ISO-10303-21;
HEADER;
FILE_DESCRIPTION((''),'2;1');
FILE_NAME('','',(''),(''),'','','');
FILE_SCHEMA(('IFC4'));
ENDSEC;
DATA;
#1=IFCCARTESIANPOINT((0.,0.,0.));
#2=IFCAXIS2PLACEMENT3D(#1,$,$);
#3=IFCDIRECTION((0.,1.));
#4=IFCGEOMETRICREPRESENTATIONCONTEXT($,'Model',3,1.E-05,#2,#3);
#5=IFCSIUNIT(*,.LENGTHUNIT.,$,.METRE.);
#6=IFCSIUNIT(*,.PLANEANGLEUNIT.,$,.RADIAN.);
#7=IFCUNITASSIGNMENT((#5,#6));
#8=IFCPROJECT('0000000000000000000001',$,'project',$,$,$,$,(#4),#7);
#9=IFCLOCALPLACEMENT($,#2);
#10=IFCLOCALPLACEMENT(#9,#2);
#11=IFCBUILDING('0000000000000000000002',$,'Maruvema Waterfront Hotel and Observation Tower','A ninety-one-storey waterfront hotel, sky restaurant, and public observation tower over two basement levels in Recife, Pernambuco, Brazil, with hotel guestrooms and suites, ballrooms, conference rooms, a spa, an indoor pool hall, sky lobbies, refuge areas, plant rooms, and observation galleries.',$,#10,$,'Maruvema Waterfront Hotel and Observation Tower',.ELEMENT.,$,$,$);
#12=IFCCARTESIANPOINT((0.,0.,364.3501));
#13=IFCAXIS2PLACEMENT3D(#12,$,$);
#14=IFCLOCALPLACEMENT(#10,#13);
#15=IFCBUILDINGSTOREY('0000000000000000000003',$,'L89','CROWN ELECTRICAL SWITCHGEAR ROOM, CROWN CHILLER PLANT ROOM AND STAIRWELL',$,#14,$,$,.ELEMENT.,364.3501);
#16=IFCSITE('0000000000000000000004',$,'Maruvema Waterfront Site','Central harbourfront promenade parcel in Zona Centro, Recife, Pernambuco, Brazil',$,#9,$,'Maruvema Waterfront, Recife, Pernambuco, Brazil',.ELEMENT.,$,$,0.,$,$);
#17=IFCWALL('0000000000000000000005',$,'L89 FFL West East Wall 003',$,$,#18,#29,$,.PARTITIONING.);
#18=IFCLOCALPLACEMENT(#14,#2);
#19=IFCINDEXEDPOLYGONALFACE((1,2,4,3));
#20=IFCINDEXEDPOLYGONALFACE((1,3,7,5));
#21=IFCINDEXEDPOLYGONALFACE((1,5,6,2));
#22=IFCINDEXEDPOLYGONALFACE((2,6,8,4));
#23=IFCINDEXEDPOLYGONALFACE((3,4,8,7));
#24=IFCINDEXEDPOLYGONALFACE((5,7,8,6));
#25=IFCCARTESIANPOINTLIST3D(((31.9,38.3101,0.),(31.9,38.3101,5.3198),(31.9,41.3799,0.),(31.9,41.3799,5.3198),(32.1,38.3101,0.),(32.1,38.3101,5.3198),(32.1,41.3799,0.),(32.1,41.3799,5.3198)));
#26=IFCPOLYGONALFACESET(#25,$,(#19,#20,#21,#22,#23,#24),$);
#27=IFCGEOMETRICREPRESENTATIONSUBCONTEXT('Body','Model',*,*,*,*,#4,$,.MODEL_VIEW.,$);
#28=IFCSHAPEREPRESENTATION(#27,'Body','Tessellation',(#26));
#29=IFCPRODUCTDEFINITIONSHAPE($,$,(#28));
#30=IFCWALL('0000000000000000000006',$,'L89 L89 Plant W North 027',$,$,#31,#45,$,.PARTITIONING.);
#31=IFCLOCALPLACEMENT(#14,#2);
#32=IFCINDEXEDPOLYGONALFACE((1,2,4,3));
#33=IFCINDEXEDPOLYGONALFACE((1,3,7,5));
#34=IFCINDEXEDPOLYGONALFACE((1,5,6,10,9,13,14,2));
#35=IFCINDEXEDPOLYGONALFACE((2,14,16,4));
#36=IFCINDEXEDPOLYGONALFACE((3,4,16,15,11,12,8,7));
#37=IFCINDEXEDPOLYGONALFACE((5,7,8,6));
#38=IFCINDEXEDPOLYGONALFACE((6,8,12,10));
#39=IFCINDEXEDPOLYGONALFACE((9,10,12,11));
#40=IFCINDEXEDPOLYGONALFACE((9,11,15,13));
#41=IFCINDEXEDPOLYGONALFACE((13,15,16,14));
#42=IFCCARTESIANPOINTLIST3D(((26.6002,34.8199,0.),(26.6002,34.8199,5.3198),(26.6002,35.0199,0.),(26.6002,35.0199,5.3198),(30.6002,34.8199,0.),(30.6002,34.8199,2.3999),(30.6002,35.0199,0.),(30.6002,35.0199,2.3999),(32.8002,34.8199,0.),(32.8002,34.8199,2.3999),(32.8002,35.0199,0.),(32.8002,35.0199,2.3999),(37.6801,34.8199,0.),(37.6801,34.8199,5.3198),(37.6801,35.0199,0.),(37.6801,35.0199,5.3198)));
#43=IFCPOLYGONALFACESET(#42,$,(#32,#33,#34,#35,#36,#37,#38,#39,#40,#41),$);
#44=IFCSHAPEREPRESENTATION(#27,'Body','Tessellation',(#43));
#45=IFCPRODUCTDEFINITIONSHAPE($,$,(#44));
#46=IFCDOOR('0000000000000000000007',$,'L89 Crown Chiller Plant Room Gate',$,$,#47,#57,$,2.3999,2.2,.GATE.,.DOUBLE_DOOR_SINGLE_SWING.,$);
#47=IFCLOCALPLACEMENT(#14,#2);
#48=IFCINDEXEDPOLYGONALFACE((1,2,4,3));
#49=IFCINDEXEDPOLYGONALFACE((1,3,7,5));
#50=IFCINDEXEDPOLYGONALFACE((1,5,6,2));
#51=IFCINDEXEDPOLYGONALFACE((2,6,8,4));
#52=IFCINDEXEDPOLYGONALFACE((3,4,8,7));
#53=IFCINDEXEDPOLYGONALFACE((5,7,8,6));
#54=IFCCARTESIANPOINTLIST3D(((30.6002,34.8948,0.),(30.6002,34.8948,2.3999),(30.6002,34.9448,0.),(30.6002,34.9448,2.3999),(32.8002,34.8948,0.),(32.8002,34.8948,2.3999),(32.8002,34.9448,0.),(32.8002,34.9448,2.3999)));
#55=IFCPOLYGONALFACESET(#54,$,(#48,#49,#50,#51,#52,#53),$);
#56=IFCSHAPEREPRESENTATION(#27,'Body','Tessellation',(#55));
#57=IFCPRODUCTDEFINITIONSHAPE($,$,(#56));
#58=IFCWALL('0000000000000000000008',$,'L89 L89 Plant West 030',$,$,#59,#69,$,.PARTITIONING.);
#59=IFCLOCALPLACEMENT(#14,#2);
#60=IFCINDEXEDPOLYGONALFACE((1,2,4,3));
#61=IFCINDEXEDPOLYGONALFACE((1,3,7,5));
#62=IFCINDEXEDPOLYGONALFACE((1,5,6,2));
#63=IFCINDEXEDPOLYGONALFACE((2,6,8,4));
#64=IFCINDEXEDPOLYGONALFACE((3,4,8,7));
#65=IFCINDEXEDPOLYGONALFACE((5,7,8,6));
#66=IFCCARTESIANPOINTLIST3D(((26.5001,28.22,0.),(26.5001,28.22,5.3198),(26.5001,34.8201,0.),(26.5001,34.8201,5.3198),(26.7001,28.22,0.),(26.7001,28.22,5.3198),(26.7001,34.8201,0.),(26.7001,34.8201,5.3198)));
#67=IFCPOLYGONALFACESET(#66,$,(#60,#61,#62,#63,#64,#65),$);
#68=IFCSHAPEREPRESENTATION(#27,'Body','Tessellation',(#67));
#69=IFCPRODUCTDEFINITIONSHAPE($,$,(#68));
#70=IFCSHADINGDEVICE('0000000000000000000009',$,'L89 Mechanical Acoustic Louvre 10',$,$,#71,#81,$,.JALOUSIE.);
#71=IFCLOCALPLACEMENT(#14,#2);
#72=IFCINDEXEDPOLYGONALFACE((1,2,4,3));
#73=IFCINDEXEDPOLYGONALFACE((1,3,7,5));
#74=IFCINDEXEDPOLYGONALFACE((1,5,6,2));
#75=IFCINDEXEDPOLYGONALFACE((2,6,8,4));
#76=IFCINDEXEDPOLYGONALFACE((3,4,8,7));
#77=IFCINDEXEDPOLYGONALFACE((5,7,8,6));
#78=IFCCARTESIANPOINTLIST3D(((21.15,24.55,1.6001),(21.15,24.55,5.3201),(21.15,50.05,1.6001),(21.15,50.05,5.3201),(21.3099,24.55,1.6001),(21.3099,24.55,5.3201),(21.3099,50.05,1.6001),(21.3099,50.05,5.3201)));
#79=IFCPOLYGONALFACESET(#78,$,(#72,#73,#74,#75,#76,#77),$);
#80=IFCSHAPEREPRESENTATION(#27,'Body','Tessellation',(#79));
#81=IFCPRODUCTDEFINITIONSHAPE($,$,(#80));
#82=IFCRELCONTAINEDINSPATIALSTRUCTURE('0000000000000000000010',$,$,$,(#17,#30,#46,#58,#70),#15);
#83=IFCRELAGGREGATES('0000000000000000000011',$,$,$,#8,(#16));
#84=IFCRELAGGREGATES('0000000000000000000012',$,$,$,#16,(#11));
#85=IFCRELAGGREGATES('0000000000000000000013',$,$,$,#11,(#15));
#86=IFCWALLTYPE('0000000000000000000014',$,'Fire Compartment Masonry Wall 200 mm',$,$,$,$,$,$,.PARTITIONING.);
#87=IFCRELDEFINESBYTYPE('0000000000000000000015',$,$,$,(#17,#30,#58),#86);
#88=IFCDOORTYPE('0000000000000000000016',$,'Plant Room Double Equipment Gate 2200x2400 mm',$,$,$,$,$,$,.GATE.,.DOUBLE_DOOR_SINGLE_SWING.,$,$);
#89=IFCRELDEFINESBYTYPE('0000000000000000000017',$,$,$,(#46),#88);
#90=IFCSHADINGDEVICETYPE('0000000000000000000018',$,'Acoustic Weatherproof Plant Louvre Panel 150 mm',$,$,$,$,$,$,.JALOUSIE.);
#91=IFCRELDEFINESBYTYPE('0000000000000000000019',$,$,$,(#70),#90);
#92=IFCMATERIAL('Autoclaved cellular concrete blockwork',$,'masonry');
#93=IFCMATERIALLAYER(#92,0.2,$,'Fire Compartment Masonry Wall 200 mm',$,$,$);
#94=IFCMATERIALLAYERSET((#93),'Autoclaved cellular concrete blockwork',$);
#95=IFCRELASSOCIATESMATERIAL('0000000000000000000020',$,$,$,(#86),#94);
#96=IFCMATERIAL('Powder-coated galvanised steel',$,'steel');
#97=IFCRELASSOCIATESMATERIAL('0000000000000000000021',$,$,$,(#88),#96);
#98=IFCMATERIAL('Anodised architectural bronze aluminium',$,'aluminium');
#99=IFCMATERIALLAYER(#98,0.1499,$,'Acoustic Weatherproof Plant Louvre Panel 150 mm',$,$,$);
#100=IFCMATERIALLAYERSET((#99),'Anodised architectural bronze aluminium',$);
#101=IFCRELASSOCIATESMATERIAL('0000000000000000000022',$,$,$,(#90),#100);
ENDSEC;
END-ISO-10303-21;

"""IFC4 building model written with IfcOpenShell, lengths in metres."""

from ifc_helpers import new_model, si_unit, direction, frame, frame_2d, origin, origin_2d, place, context, subcontext, project, spatial, rectangle, extrude, material, layer, layer_set, type_object, element, fill, save


model = new_model("IFC4")

# Units and contexts
model_context = context("Model", 3, precision=1e-05, world=origin(), true_north=direction((0.0, 1.0)))
body_context = subcontext(model_context, "Body", "Model", "MODEL_VIEW")
ifc_project = project(units=[si_unit("LENGTHUNIT", "METRE"), si_unit("PLANEANGLEUNIT", "RADIAN")], contexts=[model_context])

# Site, building, storey
site_placement = place(None, origin())
site = spatial("IfcSite", under=ifc_project, at=site_placement, Name="Maruvema Waterfront Site", Description="Central harbourfront promenade parcel in Zona Centro, Recife, Pernambuco, Brazil", LongName="Maruvema Waterfront, Recife, Pernambuco, Brazil", CompositionType="ELEMENT", RefElevation=0.0)
building_placement = place(site_placement, origin())
building = spatial("IfcBuilding", under=site, at=building_placement, Name="Maruvema Waterfront Hotel and Observation Tower", Description="A ninety-one-storey waterfront hotel, sky restaurant, and public observation tower over two basement levels in Recife, Pernambuco, Brazil, with hotel guestrooms and suites, ballrooms, conference rooms, a spa, an indoor pool hall, sky lobbies, refuge areas, plant rooms, and observation galleries.", LongName="Maruvema Waterfront Hotel and Observation Tower", CompositionType="ELEMENT")
storey_placement = place(building_placement, frame((0.0, 0.0, 364.3501)))
storey = spatial("IfcBuildingStorey", under=building, at=storey_placement, Name="L89", Description="CROWN ELECTRICAL SWITCHGEAR ROOM, CROWN CHILLER PLANT ROOM AND STAIRWELL", CompositionType="ELEMENT", Elevation=364.3501)

# Shared definitions
ifc_material_1 = material(Name="Autoclaved cellular concrete blockwork", Category="masonry")
ifc_layer_1 = layer(ifc_material_1, 0.2, Name="Fire Compartment Masonry Wall 200 mm")
ifc_layer_set_1 = layer_set([ifc_layer_1], Name="Autoclaved cellular concrete blockwork")
wall_type_1 = type_object("IfcWallType", Name="Fire Compartment Masonry Wall 200 mm", PredefinedType="PARTITIONING", material=ifc_layer_set_1)

# Wall
for number, where, z_axis, x_axis, name in (
    (1, (32.0, 38.3101, 0.0), (0.0, 0.0, 1.0), (0.0, 1.0, 0.0), "L89 FFL West East Wall 003"),
):
    element("IfcWall", number, at=place(storey_placement, frame(where, z_axis=z_axis, x_axis=x_axis)), inside=storey, type_object=wall_type_1, Name=name, PredefinedType="PARTITIONING", context=body_context, shape_type="SweptSolid", body=[
        extrude(rectangle(XDim=3.0698, YDim=0.2, at=frame_2d((1.5349, 0.0))), origin(), (0.0, 0.0, 1.0), 5.3198),
    ])

# Wall, opening, door
wall_1_placement = place(storey_placement, frame((26.6001, 34.9199, 0.0), z_axis=(0.0, 0.0, 1.0), x_axis=(1.0, 0.0, 0.0)))
wall_1 = element("IfcWall", 2, at=wall_1_placement, inside=storey, type_object=wall_type_1, Name="L89 L89 Plant W North 027", PredefinedType="PARTITIONING", context=body_context, shape_type="SweptSolid", body=[
    extrude(rectangle(XDim=11.0798, YDim=0.2, at=frame_2d((5.54, 0.0))), origin(), (0.0, 0.0, 1.0), 5.3198),
])
opening_1_placement = place(wall_1_placement, frame((4.0, 0.0, 0.0)))
opening_1 = element("IfcOpeningElement", 3, at=opening_1_placement, cuts=wall_1, PredefinedType="OPENING", context=body_context, shape_type="SweptSolid", body=[
    extrude(rectangle(XDim=2.2, YDim=2.3999, at=frame_2d((1.1001, 1.2))), frame((0.0, 0.1099, 0.0), z_axis=(0.0, -1.0, 0.0), x_axis=(1.0, 0.0, 0.0)), (0.0, 0.0, 1.0), 0.22),
])
ifc_material_2 = material(Name="Powder-coated galvanised steel", Category="steel")
door_type_1 = type_object("IfcDoorType", Name="Plant Room Double Equipment Gate 2200x2400 mm", OperationType="DOUBLE_DOOR_SINGLE_SWING", PredefinedType="GATE", material=ifc_material_2)
door_1_placement = place(opening_1_placement, origin())
door_1 = element("IfcDoor", 4, at=door_1_placement, inside=storey, type_object=door_type_1, Name="L89 Crown Chiller Plant Room Gate", OperationType="DOUBLE_DOOR_SINGLE_SWING", OverallHeight=2.3999, OverallWidth=2.2, PredefinedType="GATE", context=body_context, shape_type="SweptSolid", body=[
    extrude(rectangle(XDim=2.2, YDim=2.3999, at=frame_2d((1.1001, 1.2))), frame((0.0, 0.0249, 0.0), z_axis=(0.0, -1.0, 0.0), x_axis=(1.0, 0.0, 0.0)), (0.0, 0.0, 1.0), 0.05),
])
fill(opening_1, door_1)

# Wall
wall_2_placement = place(storey_placement, frame((26.6001, 28.22, 0.0), z_axis=(0.0, 0.0, 1.0), x_axis=(0.0, 1.0, 0.0)))
element("IfcWall", 5, at=wall_2_placement, inside=storey, type_object=wall_type_1, Name="L89 L89 Plant West 030", PredefinedType="PARTITIONING", context=body_context, shape_type="SweptSolid", body=[
    extrude(rectangle(XDim=6.6001, YDim=0.2, at=frame_2d((3.3, 0.0))), origin(), (0.0, 0.0, 1.0), 5.3198),
])

# Shading device
ifc_material_3 = material(Name="Anodised architectural bronze aluminium", Category="aluminium")
ifc_layer_2 = layer(ifc_material_3, 0.1499, Name="Acoustic Weatherproof Plant Louvre Panel 150 mm")
ifc_layer_set_2 = layer_set([ifc_layer_2], Name="Anodised architectural bronze aluminium")
shading_device_type = type_object("IfcShadingDeviceType", Name="Acoustic Weatherproof Plant Louvre Panel 150 mm", PredefinedType="JALOUSIE", material=ifc_layer_set_2)
shading_device_placement = place(storey_placement, frame((21.23, 37.3, 1.6001), z_axis=(0.0, 0.0, 1.0), x_axis=(0.0, -1.0, 0.0)))
element("IfcShadingDevice", 6, at=shading_device_placement, inside=storey, type_object=shading_device_type, Name="L89 Mechanical Acoustic Louvre 10", PredefinedType="JALOUSIE", context=body_context, shape_type="SweptSolid", body=[
    extrude(rectangle(XDim=25.5, YDim=0.1599, at=origin_2d()), origin(), (0.0, 0.0, 1.0), 3.72),
])

save(model, "model.ifc")
